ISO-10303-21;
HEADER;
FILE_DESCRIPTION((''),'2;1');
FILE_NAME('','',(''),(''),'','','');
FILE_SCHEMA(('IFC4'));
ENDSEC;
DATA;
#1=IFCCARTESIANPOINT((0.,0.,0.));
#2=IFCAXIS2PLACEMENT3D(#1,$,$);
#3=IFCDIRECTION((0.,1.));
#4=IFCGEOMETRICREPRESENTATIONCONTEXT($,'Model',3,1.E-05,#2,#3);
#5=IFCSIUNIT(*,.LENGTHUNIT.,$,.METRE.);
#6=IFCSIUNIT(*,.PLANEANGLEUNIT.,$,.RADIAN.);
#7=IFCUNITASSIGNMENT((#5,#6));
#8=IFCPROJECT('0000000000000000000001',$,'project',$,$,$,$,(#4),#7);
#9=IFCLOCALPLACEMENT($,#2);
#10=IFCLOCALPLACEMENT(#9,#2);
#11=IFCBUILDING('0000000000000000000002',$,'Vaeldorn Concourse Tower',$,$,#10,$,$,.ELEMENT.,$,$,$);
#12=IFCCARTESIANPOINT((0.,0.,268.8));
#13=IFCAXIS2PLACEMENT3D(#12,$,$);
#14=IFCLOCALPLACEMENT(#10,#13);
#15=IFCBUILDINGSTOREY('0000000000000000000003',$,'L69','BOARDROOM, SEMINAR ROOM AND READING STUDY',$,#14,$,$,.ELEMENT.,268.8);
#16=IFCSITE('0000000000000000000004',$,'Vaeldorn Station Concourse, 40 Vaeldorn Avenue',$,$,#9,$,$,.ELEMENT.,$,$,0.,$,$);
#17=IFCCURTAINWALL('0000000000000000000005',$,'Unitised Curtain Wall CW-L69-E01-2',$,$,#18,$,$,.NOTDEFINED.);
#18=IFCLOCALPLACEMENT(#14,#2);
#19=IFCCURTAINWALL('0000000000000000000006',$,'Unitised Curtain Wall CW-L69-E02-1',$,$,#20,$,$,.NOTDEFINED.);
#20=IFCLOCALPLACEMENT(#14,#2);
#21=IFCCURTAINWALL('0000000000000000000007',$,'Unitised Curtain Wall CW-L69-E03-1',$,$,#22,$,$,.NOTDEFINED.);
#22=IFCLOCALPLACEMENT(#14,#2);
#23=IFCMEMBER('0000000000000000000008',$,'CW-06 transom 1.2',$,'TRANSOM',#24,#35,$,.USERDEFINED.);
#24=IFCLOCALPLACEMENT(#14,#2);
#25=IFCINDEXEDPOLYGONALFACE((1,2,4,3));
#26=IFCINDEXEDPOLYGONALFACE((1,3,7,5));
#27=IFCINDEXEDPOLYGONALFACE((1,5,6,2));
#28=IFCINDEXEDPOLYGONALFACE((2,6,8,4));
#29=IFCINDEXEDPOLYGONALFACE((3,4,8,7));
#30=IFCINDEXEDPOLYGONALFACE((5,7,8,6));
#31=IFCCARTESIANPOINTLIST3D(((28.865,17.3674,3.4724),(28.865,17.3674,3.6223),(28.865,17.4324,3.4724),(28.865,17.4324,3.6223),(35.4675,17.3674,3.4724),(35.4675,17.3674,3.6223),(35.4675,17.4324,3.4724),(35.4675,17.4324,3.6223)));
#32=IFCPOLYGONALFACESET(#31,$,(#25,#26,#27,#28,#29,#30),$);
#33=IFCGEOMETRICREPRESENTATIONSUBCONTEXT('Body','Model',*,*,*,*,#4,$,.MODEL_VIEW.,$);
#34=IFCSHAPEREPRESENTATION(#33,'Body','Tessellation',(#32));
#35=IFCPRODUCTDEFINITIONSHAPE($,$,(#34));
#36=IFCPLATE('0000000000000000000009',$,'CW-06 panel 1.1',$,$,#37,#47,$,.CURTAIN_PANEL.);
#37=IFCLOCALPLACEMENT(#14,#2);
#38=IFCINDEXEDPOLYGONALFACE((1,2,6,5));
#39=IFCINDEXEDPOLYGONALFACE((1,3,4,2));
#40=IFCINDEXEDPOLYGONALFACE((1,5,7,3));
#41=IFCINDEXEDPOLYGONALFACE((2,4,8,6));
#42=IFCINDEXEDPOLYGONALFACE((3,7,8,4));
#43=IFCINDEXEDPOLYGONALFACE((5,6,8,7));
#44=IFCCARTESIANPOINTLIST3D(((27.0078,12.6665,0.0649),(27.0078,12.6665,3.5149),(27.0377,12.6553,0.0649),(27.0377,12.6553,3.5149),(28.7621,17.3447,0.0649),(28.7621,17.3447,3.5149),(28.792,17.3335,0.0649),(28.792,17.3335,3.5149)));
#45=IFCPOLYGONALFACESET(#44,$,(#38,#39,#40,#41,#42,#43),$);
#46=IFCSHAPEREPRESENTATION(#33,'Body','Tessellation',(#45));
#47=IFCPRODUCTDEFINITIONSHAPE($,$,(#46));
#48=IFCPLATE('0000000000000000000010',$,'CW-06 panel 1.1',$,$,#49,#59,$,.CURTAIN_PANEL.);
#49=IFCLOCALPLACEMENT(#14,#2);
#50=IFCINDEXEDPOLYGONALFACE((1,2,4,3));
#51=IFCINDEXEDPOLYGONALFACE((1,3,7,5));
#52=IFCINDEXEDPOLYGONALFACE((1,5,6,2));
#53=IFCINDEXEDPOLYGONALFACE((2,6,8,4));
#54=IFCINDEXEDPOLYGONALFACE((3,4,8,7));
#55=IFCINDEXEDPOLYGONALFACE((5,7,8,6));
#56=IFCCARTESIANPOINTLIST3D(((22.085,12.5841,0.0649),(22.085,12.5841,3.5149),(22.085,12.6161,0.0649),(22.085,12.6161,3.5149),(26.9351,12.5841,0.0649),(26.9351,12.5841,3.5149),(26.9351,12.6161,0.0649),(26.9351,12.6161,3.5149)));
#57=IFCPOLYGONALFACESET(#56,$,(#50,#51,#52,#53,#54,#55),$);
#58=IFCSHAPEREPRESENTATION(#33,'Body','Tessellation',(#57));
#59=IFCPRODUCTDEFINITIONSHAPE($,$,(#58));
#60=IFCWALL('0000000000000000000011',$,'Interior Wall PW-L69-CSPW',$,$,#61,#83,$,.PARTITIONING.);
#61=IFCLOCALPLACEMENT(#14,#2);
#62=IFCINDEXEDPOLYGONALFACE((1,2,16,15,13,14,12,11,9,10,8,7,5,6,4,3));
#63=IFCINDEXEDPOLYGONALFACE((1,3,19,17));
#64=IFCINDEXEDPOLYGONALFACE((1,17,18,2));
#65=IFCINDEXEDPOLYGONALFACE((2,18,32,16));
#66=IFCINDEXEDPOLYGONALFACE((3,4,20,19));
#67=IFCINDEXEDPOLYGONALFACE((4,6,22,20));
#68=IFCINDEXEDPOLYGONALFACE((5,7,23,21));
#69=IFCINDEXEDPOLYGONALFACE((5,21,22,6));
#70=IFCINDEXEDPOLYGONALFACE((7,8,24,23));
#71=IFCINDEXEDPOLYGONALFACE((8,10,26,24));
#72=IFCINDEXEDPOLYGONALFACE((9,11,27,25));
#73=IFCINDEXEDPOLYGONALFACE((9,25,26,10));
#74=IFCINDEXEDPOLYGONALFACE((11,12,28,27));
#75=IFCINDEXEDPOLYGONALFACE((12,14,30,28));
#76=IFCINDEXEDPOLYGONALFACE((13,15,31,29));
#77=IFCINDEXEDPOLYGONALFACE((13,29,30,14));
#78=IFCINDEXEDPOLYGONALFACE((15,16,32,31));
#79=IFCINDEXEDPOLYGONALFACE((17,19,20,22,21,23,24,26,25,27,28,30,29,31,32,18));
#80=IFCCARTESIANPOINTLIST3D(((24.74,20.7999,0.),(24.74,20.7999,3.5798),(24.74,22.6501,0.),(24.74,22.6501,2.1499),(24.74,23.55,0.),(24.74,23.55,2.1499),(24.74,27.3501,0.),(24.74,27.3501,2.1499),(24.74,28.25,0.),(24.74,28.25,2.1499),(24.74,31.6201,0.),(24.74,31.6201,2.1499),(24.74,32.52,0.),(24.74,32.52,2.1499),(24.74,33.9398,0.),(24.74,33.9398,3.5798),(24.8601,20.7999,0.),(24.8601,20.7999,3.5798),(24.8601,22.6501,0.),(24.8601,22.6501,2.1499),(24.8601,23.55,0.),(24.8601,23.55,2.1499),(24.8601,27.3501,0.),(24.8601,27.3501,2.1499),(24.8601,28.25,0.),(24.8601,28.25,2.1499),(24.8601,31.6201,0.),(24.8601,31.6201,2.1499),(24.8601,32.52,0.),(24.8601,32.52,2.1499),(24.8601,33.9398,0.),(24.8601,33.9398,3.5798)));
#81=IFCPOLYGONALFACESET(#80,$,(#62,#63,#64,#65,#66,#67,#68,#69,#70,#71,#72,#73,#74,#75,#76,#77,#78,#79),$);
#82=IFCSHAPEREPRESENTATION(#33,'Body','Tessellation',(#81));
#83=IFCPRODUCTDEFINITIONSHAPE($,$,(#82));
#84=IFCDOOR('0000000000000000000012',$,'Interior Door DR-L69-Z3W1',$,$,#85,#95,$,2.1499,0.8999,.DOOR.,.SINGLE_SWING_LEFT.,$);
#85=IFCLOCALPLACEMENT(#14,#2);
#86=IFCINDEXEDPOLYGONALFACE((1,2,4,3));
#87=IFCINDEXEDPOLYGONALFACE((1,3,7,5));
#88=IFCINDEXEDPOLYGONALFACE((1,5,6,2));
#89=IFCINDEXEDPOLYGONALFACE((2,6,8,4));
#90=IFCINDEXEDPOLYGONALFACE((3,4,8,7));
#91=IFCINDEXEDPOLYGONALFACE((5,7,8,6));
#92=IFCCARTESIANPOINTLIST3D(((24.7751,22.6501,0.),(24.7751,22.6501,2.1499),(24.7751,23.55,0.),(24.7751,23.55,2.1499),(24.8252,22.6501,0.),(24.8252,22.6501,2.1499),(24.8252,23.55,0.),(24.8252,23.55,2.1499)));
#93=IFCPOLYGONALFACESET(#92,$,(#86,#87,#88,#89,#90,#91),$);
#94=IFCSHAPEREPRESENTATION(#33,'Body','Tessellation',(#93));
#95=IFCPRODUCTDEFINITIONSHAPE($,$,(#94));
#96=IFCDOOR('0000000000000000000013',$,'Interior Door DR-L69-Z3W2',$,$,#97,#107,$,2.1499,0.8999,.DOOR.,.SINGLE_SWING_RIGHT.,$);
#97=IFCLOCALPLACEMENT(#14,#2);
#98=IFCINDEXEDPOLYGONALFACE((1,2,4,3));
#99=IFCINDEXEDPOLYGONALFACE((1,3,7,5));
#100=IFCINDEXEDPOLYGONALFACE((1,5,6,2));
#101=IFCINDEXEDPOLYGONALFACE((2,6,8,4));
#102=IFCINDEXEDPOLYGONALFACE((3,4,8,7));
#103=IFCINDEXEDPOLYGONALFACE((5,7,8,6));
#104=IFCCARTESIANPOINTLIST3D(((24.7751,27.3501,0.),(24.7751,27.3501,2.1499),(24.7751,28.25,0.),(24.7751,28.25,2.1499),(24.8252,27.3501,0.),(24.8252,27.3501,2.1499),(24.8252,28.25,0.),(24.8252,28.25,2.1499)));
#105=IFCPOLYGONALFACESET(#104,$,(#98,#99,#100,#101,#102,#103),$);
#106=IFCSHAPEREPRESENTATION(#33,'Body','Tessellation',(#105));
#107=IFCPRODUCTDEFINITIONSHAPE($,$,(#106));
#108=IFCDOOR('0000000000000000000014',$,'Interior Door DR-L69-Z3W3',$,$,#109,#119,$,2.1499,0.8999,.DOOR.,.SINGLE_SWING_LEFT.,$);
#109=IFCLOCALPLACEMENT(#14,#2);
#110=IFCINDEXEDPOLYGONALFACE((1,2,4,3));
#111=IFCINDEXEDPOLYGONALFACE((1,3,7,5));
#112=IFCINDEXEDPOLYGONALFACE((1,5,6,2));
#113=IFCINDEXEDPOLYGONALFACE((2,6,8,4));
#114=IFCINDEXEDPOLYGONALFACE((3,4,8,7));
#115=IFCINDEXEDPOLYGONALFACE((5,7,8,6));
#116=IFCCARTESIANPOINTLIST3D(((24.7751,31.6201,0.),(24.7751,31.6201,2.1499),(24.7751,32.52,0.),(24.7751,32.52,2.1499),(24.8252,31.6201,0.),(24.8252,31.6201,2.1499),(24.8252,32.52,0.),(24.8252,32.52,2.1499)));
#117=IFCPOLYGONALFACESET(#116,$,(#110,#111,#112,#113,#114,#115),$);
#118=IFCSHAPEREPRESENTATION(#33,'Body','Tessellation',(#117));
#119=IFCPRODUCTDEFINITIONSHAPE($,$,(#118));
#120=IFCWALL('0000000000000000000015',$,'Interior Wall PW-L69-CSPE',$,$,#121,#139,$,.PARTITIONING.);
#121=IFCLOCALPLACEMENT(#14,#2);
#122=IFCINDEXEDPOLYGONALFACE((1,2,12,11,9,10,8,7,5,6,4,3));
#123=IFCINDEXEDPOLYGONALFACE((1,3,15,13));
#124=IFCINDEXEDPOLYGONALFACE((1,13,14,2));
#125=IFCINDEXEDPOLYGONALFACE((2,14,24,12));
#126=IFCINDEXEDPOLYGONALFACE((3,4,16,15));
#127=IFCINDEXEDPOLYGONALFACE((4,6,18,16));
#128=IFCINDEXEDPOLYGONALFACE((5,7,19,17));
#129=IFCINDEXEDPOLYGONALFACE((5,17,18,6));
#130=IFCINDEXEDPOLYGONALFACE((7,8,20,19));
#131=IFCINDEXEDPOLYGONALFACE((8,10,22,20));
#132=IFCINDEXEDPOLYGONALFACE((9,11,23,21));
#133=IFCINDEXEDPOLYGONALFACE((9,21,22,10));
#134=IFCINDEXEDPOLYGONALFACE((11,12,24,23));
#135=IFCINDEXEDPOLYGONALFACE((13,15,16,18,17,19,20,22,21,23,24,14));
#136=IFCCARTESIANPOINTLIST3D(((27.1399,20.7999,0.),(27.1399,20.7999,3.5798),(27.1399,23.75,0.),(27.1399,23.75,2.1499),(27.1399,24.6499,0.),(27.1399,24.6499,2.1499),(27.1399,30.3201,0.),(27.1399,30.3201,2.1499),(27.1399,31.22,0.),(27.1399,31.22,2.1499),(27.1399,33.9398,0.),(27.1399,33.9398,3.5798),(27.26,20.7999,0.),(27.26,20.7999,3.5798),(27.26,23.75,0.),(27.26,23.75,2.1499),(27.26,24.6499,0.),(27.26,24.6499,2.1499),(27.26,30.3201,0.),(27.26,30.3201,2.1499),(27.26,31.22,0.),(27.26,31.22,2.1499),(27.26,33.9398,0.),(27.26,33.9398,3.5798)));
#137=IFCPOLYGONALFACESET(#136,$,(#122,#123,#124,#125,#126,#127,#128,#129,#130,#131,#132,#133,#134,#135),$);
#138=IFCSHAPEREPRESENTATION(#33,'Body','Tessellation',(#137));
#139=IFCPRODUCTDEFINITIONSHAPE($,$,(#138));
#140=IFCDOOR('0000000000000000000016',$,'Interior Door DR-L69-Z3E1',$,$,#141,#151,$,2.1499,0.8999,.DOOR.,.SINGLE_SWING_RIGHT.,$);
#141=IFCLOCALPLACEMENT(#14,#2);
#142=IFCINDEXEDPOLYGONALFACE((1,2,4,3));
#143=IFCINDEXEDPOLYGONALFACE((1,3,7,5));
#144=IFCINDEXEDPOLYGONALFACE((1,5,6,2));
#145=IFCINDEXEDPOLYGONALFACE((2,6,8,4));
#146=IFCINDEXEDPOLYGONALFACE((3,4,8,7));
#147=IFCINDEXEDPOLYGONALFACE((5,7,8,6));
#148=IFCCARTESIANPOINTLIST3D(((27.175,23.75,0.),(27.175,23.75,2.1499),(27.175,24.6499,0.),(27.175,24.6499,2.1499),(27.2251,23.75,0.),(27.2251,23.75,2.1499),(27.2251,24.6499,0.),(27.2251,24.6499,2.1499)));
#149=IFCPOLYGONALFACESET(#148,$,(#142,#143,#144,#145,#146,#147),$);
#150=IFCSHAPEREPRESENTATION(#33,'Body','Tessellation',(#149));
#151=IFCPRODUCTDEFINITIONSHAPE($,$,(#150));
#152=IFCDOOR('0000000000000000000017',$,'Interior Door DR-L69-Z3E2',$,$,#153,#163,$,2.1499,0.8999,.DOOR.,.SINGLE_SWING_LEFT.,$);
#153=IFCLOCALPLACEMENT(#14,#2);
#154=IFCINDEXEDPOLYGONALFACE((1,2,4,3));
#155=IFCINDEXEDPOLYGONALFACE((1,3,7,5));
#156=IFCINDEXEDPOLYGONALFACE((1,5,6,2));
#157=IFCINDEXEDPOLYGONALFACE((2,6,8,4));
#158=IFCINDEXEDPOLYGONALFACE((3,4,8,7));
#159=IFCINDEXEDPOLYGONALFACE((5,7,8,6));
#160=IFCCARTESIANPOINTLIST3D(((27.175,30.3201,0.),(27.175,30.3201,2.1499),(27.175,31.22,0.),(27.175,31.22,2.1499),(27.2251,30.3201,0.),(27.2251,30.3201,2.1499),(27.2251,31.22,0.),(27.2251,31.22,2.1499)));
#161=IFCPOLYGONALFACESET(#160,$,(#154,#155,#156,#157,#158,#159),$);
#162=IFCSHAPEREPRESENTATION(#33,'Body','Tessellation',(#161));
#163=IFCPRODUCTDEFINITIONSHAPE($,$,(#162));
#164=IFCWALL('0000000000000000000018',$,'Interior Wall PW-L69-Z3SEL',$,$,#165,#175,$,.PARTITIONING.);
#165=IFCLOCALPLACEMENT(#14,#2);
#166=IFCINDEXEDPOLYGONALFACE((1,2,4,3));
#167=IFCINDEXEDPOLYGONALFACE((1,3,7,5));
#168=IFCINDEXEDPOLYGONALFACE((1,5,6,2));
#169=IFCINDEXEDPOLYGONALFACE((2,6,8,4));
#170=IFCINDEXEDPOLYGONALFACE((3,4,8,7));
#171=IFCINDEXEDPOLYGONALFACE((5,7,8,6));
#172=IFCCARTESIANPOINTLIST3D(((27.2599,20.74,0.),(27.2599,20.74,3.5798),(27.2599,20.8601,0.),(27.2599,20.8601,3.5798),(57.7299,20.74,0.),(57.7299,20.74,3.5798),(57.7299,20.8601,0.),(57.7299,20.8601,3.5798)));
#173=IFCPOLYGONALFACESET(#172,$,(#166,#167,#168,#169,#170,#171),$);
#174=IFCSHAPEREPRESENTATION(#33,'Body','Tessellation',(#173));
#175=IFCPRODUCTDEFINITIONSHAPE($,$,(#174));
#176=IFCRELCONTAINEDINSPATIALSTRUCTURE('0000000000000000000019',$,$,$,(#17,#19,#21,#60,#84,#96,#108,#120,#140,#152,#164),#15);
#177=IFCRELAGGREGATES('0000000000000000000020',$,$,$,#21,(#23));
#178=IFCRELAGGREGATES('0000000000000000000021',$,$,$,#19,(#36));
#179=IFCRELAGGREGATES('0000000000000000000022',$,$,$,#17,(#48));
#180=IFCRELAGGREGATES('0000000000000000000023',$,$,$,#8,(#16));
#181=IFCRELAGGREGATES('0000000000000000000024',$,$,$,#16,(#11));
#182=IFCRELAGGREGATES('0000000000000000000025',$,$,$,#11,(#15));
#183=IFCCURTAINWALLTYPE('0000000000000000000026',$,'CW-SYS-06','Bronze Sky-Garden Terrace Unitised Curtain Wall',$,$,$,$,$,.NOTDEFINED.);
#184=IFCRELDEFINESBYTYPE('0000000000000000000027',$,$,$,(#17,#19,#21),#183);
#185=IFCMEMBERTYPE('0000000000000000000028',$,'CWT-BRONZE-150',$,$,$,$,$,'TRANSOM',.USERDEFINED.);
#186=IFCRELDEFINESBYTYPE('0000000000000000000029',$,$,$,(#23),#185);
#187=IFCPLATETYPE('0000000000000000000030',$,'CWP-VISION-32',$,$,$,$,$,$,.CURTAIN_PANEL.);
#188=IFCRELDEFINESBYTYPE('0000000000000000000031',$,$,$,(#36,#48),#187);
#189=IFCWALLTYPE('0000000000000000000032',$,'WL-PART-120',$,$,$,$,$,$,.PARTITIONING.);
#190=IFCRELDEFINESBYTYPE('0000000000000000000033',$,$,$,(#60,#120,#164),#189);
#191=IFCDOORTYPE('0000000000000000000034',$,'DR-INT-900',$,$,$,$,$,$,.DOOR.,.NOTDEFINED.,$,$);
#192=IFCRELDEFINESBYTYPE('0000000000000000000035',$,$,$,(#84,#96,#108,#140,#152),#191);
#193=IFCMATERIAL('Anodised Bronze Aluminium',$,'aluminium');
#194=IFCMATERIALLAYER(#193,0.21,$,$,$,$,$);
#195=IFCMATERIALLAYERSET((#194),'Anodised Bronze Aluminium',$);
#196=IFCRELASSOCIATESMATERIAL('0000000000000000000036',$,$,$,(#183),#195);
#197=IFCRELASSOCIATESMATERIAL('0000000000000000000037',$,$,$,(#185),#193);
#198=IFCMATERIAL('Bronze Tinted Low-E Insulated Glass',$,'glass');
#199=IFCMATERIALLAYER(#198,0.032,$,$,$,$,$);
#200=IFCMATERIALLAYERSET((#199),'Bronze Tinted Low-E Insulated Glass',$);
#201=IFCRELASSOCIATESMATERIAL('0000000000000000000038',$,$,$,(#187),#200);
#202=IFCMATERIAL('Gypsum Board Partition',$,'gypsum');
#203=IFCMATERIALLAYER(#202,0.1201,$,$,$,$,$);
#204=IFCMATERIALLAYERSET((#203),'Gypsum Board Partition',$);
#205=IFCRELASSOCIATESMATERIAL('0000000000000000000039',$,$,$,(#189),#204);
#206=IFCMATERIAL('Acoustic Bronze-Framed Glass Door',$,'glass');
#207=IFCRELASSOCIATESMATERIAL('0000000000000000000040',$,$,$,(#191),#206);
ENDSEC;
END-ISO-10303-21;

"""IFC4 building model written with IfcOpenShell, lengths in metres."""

from ifc_helpers import new_model, si_unit, direction, frame, frame_2d, origin, origin_2d, place, context, subcontext, project, spatial, rectangle, extrude, source, transform, mapped, material, layer, layer_set, material_profile, profile_set, type_object, element, fill, aggregate, save


model = new_model("IFC4")

# Units and contexts
model_context = context("Model", 3, precision=1e-05, world=origin(), true_north=direction((0.0, 1.0)))
body_context = subcontext(model_context, "Body", "Model", "MODEL_VIEW")
ifc_project = project(units=[si_unit("LENGTHUNIT", "METRE"), si_unit("PLANEANGLEUNIT", "RADIAN")], contexts=[model_context])

# Site, building, storey
site_placement = place(None, origin())
site = spatial("IfcSite", under=ifc_project, at=site_placement, Name="Vaeldorn Station Concourse, 40 Vaeldorn Avenue", CompositionType="ELEMENT", RefElevation=0.0)
building_placement = place(site_placement, origin())
building = spatial("IfcBuilding", under=site, at=building_placement, Name="Vaeldorn Concourse Tower", CompositionType="ELEMENT")
storey_placement = place(building_placement, frame((0.0, 0.0, 268.8)))
storey = spatial("IfcBuildingStorey", under=building, at=storey_placement, Name="L69", Description="BOARDROOM, SEMINAR ROOM AND READING STUDY", CompositionType="ELEMENT", Elevation=268.8)

# Curtain wall
ifc_material_1 = material(Name="Anodised Bronze Aluminium", Category="aluminium")
ifc_layer_1 = layer(ifc_material_1, 0.21)
ifc_layer_set_1 = layer_set([ifc_layer_1], Name="Anodised Bronze Aluminium")
curtain_wall_type = type_object("IfcCurtainWallType", Name="CW-SYS-06", Description="Bronze Sky-Garden Terrace Unitised Curtain Wall", PredefinedType="NOTDEFINED", material=ifc_layer_set_1)
curtain_wall_1_placement = place(storey_placement, origin())
curtain_wall_1 = element("IfcCurtainWall", 1, at=curtain_wall_1_placement, inside=storey, type_object=curtain_wall_type, Name="Unitised Curtain Wall CW-L69-E01-2", PredefinedType="NOTDEFINED")

# Curtain wall
curtain_wall_2_placement = place(storey_placement, origin())
curtain_wall_2 = element("IfcCurtainWall", 2, at=curtain_wall_2_placement, inside=storey, type_object=curtain_wall_type, Name="Unitised Curtain Wall CW-L69-E02-1", PredefinedType="NOTDEFINED")

# Curtain wall
curtain_wall_3_placement = place(storey_placement, origin())
curtain_wall_3 = element("IfcCurtainWall", 3, at=curtain_wall_3_placement, inside=storey, type_object=curtain_wall_type, Name="Unitised Curtain Wall CW-L69-E03-1", PredefinedType="NOTDEFINED")

# Member
ifc_material_profile_1 = material_profile(ifc_material_1, rectangle(XDim=0.0649, YDim=0.1499, at=origin_2d()), Name="CWT 65x150")
ifc_profile_set_1 = profile_set([ifc_material_profile_1], Name="Anodised Bronze Aluminium")
member_type_1 = type_object("IfcMemberType", Name="CWT-BRONZE-150", ElementType="TRANSOM", PredefinedType="USERDEFINED", material=ifc_profile_set_1)
shared_shape_1 = source(origin(), body_context, "Body", "SweptSolid", [
    extrude(rectangle(XDim=0.0649, YDim=0.1499, at=origin_2d()), origin(), (0.0, 0.0, 1.0), 6.6025),
])
member_1_placement = place(storey_placement, frame((28.865, 17.3999, 3.5474), z_axis=(1.0, 0.0, 0.0), x_axis=(0.0, 1.0, 0.0)))
member_1 = element("IfcMember", 4, at=member_1_placement, type_object=member_type_1, Name="CW-06 transom 1.2", ObjectType="TRANSOM", PredefinedType="USERDEFINED", context=body_context, shape_type="MappedRepresentation", body=[
    mapped(shared_shape_1, transform((0.0, 0.0, 0.0), scale=1.0)),
])
aggregate(curtain_wall_3, [member_1])

# Plates
ifc_material_2 = material(Name="Bronze Tinted Low-E Insulated Glass", Category="glass")
ifc_layer_2 = layer(ifc_material_2, 0.032)
ifc_layer_set_2 = layer_set([ifc_layer_2], Name="Bronze Tinted Low-E Insulated Glass")
plate_type = type_object("IfcPlateType", Name="CWP-VISION-32", PredefinedType="CURTAIN_PANEL", material=ifc_layer_set_2)
shared_shape_2 = source(origin(), body_context, "Body", "SweptSolid", [
    extrude(rectangle(XDim=4.9963, YDim=0.032, at=origin_2d()), origin(), (0.0, 0.0, 1.0), 3.45),
])
plate_1_placement = place(storey_placement, frame((27.8999, 15.0, 0.0649), z_axis=(0.0, 0.0, 1.0), x_axis=(0.351123, 0.936329, 0.0)))
plate_1 = element("IfcPlate", 5, at=plate_1_placement, type_object=plate_type, Name="CW-06 panel 1.1", PredefinedType="CURTAIN_PANEL", context=body_context, shape_type="MappedRepresentation", body=[
    mapped(shared_shape_2, transform((0.0, 0.0, 0.0), scale=1.0)),
])
aggregate(curtain_wall_2, [plate_1])
shared_shape_3 = source(origin(), body_context, "Body", "SweptSolid", [
    extrude(rectangle(XDim=4.8501, YDim=0.032, at=origin_2d()), origin(), (0.0, 0.0, 1.0), 3.45),
])
plate_2_placement = place(storey_placement, frame((24.51, 12.6001, 0.0649), z_axis=(0.0, 0.0, 1.0), x_axis=(1.0, 0.0, 0.0)))
plate_2 = element("IfcPlate", 6, at=plate_2_placement, type_object=plate_type, Name="CW-06 panel 1.1", PredefinedType="CURTAIN_PANEL", context=body_context, shape_type="MappedRepresentation", body=[
    mapped(shared_shape_3, transform((0.0, 0.0, 0.0), scale=1.0)),
])
aggregate(curtain_wall_1, [plate_2])

# Walls, openings, doors
ifc_material_3 = material(Name="Gypsum Board Partition", Category="gypsum")
ifc_layer_3 = layer(ifc_material_3, 0.1201)
ifc_layer_set_3 = layer_set([ifc_layer_3], Name="Gypsum Board Partition")
wall_type_1 = type_object("IfcWallType", Name="WL-PART-120", PredefinedType="PARTITIONING", material=ifc_layer_set_3)
wall_1_placement = place(storey_placement, frame((24.8, 20.8, 0.0), z_axis=(0.0, 0.0, 1.0), x_axis=(0.0, 1.0, 0.0)))
wall_1 = element("IfcWall", 7, at=wall_1_placement, inside=storey, type_object=wall_type_1, Name="Interior Wall PW-L69-CSPW", PredefinedType="PARTITIONING", context=body_context, shape_type="SweptSolid", body=[
    extrude(rectangle(XDim=13.1399, YDim=0.1201, at=frame_2d((6.5698, 0.0))), origin(), (0.0, 0.0, 1.0), 3.5798),
])
opening_1_placement = place(wall_1_placement, frame((1.8501, 0.0, 0.0)))
opening_1 = element("IfcOpeningElement", 8, at=opening_1_placement, cuts=wall_1, PredefinedType="OPENING", context=body_context, shape_type="SweptSolid", body=[
    extrude(rectangle(XDim=0.8999, YDim=2.1499, at=frame_2d((0.45, 1.075))), frame((0.0, 0.0701, 0.0), z_axis=(0.0, -1.0, 0.0), x_axis=(1.0, 0.0, 0.0)), (0.0, 0.0, 1.0), 0.1401),
])
opening_2_placement = place(wall_1_placement, frame((6.55, 0.0, 0.0)))
opening_2 = element("IfcOpeningElement", 9, at=opening_2_placement, cuts=wall_1, PredefinedType="OPENING", context=body_context, shape_type="SweptSolid", body=[
    extrude(rectangle(XDim=0.8999, YDim=2.1499, at=frame_2d((0.45, 1.075))), frame((0.0, 0.0701, 0.0), z_axis=(0.0, -1.0, 0.0), x_axis=(1.0, 0.0, 0.0)), (0.0, 0.0, 1.0), 0.1401),
])
opening_3_placement = place(wall_1_placement, frame((10.8201, 0.0, 0.0)))
opening_3 = element("IfcOpeningElement", 10, at=opening_3_placement, cuts=wall_1, PredefinedType="OPENING", context=body_context, shape_type="SweptSolid", body=[
    extrude(rectangle(XDim=0.8999, YDim=2.1499, at=frame_2d((0.45, 1.075))), frame((0.0, 0.0701, 0.0), z_axis=(0.0, -1.0, 0.0), x_axis=(1.0, 0.0, 0.0)), (0.0, 0.0, 1.0), 0.1401),
])
ifc_material_4 = material(Name="Acoustic Bronze-Framed Glass Door", Category="glass")
door_type = type_object("IfcDoorType", Name="DR-INT-900", OperationType="NOTDEFINED", PredefinedType="DOOR", material=ifc_material_4)
shared_shape_4 = source(origin(), body_context, "Body", "SweptSolid", [
    extrude(rectangle(XDim=0.8999, YDim=2.1499, at=frame_2d((0.45, 1.075))), frame((0.0, 0.0249, 0.0), z_axis=(0.0, -1.0, 0.0), x_axis=(1.0, 0.0, 0.0)), (0.0, 0.0, 1.0), 0.05),
])
door_1_placement = place(opening_1_placement, origin())
door_1 = element("IfcDoor", 11, at=door_1_placement, inside=storey, type_object=door_type, Name="Interior Door DR-L69-Z3W1", OperationType="SINGLE_SWING_LEFT", OverallHeight=2.1499, OverallWidth=0.8999, PredefinedType="DOOR", context=body_context, shape_type="MappedRepresentation", body=[
    mapped(shared_shape_4, transform((0.0, 0.0, 0.0), scale=1.0)),
])
fill(opening_1, door_1)
door_2_placement = place(opening_2_placement, origin())
door_2 = element("IfcDoor", 12, at=door_2_placement, inside=storey, type_object=door_type, Name="Interior Door DR-L69-Z3W2", OperationType="SINGLE_SWING_RIGHT", OverallHeight=2.1499, OverallWidth=0.8999, PredefinedType="DOOR", context=body_context, shape_type="MappedRepresentation", body=[
    mapped(shared_shape_4, transform((0.0, 0.0, 0.0), scale=1.0)),
])
fill(opening_2, door_2)
door_3_placement = place(opening_3_placement, origin())
door_3 = element("IfcDoor", 13, at=door_3_placement, inside=storey, type_object=door_type, Name="Interior Door DR-L69-Z3W3", OperationType="SINGLE_SWING_LEFT", OverallHeight=2.1499, OverallWidth=0.8999, PredefinedType="DOOR", context=body_context, shape_type="MappedRepresentation", body=[
    mapped(shared_shape_4, transform((0.0, 0.0, 0.0), scale=1.0)),
])
fill(opening_3, door_3)
wall_2_placement = place(storey_placement, frame((27.2, 20.8, 0.0), z_axis=(0.0, 0.0, 1.0), x_axis=(0.0, 1.0, 0.0)))
wall_2 = element("IfcWall", 14, at=wall_2_placement, inside=storey, type_object=wall_type_1, Name="Interior Wall PW-L69-CSPE", PredefinedType="PARTITIONING", context=body_context, shape_type="SweptSolid", body=[
    extrude(rectangle(XDim=13.1399, YDim=0.1201, at=frame_2d((6.5698, 0.0))), origin(), (0.0, 0.0, 1.0), 3.5798),
])
opening_4_placement = place(wall_2_placement, frame((2.95, 0.0, 0.0)))
opening_4 = element("IfcOpeningElement", 15, at=opening_4_placement, cuts=wall_2, PredefinedType="OPENING", context=body_context, shape_type="SweptSolid", body=[
    extrude(rectangle(XDim=0.8999, YDim=2.1499, at=frame_2d((0.45, 1.075))), frame((0.0, 0.0701, 0.0), z_axis=(0.0, -1.0, 0.0), x_axis=(1.0, 0.0, 0.0)), (0.0, 0.0, 1.0), 0.1401),
])
opening_5_placement = place(wall_2_placement, frame((9.52, 0.0, 0.0)))
opening_5 = element("IfcOpeningElement", 16, at=opening_5_placement, cuts=wall_2, PredefinedType="OPENING", context=body_context, shape_type="SweptSolid", body=[
    extrude(rectangle(XDim=0.8999, YDim=2.1499, at=frame_2d((0.45, 1.075))), frame((0.0, 0.0701, 0.0), z_axis=(0.0, -1.0, 0.0), x_axis=(1.0, 0.0, 0.0)), (0.0, 0.0, 1.0), 0.1401),
])
door_4_placement = place(opening_4_placement, origin())
door_4 = element("IfcDoor", 17, at=door_4_placement, inside=storey, type_object=door_type, Name="Interior Door DR-L69-Z3E1", OperationType="SINGLE_SWING_RIGHT", OverallHeight=2.1499, OverallWidth=0.8999, PredefinedType="DOOR", context=body_context, shape_type="MappedRepresentation", body=[
    mapped(shared_shape_4, transform((0.0, 0.0, 0.0), scale=1.0)),
])
fill(opening_4, door_4)
door_5_placement = place(opening_5_placement, origin())
door_5 = element("IfcDoor", 18, at=door_5_placement, inside=storey, type_object=door_type, Name="Interior Door DR-L69-Z3E2", OperationType="SINGLE_SWING_LEFT", OverallHeight=2.1499, OverallWidth=0.8999, PredefinedType="DOOR", context=body_context, shape_type="MappedRepresentation", body=[
    mapped(shared_shape_4, transform((0.0, 0.0, 0.0), scale=1.0)),
])
fill(opening_5, door_5)

# Wall
wall_3_placement = place(storey_placement, frame((27.26, 20.8, 0.0), z_axis=(0.0, 0.0, 1.0), x_axis=(1.0, 0.0, 0.0)))
element("IfcWall", 19, at=wall_3_placement, inside=storey, type_object=wall_type_1, Name="Interior Wall PW-L69-Z3SEL", PredefinedType="PARTITIONING", context=body_context, shape_type="SweptSolid", body=[
    extrude(rectangle(XDim=30.47, YDim=0.1201, at=frame_2d((15.2349, 0.0))), origin(), (0.0, 0.0, 1.0), 3.5798),
])

save(model, "model.ifc")
